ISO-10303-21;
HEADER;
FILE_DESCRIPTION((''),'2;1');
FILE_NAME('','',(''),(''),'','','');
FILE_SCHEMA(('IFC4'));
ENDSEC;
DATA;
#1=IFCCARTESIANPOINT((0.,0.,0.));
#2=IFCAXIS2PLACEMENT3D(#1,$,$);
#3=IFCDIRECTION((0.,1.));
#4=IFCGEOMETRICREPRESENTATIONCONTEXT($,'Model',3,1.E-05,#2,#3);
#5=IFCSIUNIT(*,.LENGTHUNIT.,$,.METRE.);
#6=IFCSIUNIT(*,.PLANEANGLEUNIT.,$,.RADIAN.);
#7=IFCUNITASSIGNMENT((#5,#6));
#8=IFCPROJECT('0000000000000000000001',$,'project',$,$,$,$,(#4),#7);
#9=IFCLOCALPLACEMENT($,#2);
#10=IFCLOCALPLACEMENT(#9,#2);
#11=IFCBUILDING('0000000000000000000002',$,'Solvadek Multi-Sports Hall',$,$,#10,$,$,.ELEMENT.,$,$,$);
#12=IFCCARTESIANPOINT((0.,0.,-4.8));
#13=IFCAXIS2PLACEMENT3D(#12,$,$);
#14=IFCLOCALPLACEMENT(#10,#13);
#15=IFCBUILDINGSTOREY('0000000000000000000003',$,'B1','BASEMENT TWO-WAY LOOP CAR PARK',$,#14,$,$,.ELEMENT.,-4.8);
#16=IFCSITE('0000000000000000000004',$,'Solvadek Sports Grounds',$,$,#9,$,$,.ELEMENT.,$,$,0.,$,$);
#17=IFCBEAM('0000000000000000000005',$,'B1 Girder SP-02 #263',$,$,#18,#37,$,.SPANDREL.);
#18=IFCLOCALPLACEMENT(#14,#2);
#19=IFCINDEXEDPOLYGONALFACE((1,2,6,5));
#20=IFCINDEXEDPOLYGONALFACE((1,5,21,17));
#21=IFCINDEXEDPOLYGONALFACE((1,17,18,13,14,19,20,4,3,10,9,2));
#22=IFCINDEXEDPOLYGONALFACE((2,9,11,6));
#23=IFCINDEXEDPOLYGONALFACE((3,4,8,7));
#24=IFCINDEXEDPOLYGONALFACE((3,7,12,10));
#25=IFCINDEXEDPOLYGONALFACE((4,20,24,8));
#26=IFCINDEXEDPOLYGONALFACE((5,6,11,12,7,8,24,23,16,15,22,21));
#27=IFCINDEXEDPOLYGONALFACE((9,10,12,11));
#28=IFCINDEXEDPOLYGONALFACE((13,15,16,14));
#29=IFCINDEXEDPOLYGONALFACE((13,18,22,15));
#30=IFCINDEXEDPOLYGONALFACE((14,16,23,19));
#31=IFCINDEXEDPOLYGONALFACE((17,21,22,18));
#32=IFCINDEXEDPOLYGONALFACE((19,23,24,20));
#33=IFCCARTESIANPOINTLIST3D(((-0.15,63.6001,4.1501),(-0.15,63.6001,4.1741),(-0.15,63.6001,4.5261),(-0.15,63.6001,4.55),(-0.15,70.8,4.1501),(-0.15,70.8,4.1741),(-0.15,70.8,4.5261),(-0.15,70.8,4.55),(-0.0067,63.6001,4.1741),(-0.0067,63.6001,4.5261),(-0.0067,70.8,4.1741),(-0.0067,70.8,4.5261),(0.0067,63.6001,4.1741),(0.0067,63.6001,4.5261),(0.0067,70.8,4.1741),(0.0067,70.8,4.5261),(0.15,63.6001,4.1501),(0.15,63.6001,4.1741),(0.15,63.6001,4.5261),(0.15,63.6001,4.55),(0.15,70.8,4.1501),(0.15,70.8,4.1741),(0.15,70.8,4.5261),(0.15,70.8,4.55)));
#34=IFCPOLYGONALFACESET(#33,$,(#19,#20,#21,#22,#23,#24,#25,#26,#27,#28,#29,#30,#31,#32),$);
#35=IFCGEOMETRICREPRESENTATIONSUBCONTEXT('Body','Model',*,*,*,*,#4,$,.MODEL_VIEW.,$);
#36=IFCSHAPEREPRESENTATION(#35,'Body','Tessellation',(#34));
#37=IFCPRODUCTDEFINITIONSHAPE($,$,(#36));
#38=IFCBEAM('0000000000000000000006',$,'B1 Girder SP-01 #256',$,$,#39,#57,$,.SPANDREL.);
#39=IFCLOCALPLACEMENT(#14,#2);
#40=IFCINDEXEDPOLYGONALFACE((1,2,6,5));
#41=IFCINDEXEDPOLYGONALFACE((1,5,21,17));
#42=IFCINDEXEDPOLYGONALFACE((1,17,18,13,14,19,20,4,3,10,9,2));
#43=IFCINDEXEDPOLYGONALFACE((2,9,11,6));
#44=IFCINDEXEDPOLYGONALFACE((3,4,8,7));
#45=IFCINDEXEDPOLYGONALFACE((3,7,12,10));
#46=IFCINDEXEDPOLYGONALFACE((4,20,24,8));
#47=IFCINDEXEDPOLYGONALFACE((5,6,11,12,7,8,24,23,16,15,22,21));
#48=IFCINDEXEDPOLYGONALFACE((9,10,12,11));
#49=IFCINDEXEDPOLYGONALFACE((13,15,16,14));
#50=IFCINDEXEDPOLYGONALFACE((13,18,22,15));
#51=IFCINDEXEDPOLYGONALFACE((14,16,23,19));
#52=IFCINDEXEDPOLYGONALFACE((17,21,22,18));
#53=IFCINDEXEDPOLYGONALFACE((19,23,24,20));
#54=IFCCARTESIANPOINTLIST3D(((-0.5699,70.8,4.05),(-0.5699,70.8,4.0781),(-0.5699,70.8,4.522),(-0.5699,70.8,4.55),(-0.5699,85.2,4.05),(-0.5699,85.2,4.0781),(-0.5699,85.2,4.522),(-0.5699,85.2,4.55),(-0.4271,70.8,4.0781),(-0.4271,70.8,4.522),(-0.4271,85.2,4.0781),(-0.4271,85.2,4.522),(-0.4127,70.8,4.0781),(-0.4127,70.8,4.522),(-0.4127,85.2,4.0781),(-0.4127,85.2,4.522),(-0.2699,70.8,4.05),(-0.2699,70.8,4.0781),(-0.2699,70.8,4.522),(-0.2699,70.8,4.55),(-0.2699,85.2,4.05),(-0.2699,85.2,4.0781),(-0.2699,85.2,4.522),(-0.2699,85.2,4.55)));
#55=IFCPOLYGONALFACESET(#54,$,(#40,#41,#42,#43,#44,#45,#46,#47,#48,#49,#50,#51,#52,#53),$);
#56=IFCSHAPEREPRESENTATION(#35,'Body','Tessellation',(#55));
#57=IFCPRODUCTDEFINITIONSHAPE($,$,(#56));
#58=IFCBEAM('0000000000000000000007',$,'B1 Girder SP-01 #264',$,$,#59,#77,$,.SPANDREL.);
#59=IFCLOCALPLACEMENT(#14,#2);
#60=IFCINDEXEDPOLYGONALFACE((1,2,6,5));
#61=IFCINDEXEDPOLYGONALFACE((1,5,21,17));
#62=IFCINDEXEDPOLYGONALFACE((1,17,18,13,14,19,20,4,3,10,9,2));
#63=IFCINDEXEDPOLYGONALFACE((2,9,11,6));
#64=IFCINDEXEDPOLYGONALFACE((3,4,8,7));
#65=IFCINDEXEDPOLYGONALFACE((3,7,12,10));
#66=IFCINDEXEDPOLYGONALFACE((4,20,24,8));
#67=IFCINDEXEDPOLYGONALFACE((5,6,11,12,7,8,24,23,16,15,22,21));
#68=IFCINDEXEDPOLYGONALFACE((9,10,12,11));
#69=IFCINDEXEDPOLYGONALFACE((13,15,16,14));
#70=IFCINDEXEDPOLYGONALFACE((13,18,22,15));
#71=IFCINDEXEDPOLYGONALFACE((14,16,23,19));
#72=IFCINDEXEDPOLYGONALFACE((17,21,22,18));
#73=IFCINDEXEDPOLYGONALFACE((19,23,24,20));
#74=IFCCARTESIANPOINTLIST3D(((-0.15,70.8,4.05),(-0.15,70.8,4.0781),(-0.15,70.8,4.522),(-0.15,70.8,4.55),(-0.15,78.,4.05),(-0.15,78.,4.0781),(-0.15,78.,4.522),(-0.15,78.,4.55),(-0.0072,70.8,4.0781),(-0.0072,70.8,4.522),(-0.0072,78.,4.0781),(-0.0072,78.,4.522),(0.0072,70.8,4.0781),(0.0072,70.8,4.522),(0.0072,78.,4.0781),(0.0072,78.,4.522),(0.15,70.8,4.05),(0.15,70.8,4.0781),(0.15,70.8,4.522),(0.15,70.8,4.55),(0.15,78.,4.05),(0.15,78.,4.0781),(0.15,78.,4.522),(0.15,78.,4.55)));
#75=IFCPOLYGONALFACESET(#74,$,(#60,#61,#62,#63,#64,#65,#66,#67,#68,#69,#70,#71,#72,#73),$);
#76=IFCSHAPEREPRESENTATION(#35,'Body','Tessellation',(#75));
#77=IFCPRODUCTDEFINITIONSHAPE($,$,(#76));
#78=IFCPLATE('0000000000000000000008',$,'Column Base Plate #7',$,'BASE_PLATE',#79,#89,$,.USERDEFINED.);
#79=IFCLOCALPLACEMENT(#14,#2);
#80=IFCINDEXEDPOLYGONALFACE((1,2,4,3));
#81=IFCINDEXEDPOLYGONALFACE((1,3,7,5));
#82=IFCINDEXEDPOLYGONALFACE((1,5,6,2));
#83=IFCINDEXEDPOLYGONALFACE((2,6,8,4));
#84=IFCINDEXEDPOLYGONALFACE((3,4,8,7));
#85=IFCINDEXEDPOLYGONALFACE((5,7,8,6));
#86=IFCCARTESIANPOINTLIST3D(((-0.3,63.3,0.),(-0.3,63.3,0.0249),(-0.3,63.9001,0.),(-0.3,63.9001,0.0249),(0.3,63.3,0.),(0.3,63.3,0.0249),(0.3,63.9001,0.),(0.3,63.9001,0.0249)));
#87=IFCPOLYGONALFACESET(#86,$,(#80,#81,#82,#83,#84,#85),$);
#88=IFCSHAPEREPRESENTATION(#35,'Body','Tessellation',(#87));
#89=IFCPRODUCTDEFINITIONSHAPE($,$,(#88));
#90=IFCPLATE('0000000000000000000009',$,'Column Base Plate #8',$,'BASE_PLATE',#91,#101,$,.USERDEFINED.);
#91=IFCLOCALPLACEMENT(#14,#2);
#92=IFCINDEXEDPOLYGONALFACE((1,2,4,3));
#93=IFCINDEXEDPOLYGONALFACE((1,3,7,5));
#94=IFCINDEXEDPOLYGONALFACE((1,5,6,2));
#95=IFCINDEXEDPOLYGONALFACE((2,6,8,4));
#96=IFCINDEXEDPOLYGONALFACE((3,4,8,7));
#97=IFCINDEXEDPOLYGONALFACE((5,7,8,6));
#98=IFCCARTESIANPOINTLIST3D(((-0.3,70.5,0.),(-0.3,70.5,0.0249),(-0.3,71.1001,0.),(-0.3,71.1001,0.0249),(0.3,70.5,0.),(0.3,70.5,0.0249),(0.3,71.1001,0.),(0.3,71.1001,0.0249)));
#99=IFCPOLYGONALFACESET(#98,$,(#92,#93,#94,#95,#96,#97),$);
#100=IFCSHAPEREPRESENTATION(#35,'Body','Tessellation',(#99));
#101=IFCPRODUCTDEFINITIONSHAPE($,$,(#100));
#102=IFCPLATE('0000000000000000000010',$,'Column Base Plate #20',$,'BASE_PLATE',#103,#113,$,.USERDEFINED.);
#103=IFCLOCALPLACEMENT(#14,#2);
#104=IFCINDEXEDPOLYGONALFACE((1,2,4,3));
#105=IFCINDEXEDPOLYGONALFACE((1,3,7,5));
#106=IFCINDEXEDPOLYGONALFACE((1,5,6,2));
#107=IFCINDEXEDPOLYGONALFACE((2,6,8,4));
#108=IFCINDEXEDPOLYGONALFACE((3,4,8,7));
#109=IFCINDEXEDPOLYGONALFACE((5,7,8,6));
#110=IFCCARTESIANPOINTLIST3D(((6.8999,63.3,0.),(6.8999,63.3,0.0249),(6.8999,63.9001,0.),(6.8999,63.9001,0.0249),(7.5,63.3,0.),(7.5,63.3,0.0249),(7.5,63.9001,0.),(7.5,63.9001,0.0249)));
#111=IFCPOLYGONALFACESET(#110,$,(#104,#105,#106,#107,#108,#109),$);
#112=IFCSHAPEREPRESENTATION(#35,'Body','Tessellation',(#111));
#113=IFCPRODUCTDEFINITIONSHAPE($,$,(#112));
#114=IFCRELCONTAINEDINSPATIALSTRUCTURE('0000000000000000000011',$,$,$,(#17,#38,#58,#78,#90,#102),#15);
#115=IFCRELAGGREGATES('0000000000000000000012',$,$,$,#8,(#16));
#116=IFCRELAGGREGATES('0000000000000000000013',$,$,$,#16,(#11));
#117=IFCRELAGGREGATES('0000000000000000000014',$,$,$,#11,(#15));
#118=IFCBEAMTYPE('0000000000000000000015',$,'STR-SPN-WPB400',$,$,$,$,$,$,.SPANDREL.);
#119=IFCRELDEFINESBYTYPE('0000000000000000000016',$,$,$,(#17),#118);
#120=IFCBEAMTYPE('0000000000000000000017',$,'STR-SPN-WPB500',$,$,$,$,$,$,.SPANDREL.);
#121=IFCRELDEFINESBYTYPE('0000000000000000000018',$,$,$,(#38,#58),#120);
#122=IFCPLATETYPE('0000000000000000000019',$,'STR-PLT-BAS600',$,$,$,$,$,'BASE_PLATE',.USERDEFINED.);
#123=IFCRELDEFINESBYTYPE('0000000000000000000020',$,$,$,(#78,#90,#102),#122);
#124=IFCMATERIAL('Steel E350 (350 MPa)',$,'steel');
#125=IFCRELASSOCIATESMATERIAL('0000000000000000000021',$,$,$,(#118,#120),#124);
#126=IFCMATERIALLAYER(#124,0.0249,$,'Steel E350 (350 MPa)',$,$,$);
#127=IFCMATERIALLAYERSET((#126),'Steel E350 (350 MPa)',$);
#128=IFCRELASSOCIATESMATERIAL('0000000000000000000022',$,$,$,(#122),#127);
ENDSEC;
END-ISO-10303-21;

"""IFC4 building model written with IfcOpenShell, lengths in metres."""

from ifc_helpers import new_model, si_unit, direction, frame, origin, origin_2d, place, context, subcontext, project, spatial, rectangle, i_section, extrude, material, layer, layer_set, material_profile, profile_set, type_object, element, save


model = new_model("IFC4")

# Units and contexts
model_context = context("Model", 3, precision=1e-05, world=origin(), true_north=direction((0.0, 1.0)))
body_context = subcontext(model_context, "Body", "Model", "MODEL_VIEW")
ifc_project = project(units=[si_unit("LENGTHUNIT", "METRE"), si_unit("PLANEANGLEUNIT", "RADIAN")], contexts=[model_context])

# Site, building, storey
site_placement = place(None, origin())
site = spatial("IfcSite", under=ifc_project, at=site_placement, Name="Solvadek Sports Grounds", CompositionType="ELEMENT", RefElevation=0.0)
building_placement = place(site_placement, origin())
building = spatial("IfcBuilding", under=site, at=building_placement, Name="Solvadek Multi-Sports Hall", CompositionType="ELEMENT")
storey_placement = place(building_placement, frame((0.0, 0.0, -4.8)))
storey = spatial("IfcBuildingStorey", under=building, at=storey_placement, Name="B1", Description="BASEMENT TWO-WAY LOOP CAR PARK", CompositionType="ELEMENT", Elevation=-4.8)

# Shared definitions
ifc_material_1 = material(Name="Steel E350 (350 MPa)", Category="steel")

# Beams
ifc_material_profile_1 = material_profile(ifc_material_1, i_section(OverallWidth=0.3, OverallDepth=0.3999, WebThickness=0.0134, FlangeThickness=0.0239, at=origin_2d()), Name="WPB 400")
ifc_profile_set_1 = profile_set([ifc_material_profile_1], Name="Steel E350 (350 MPa)")
beam_type_1 = type_object("IfcBeamType", Name="STR-SPN-WPB400", PredefinedType="SPANDREL", material=ifc_profile_set_1)
beam_1_placement = place(storey_placement, frame((0.0, 63.6001, 4.3501), z_axis=(0.0, 1.0, 0.0), x_axis=(-1.0, 0.0, 0.0)))
element("IfcBeam", 1, at=beam_1_placement, inside=storey, type_object=beam_type_1, Name="B1 Girder SP-02 #263", PredefinedType="SPANDREL", context=body_context, shape_type="SweptSolid", body=[
    extrude(i_section(OverallWidth=0.3, OverallDepth=0.3999, WebThickness=0.0134, FlangeThickness=0.0239, at=origin_2d()), origin(), (0.0, 0.0, 1.0), 7.2),
])
ifc_material_profile_2 = material_profile(ifc_material_1, i_section(OverallWidth=0.3, OverallDepth=0.5, WebThickness=0.0144, FlangeThickness=0.0281, at=origin_2d()), Name="WPB 500")
ifc_profile_set_2 = profile_set([ifc_material_profile_2], Name="Steel E350 (350 MPa)")
beam_type_2 = type_object("IfcBeamType", Name="STR-SPN-WPB500", PredefinedType="SPANDREL", material=ifc_profile_set_2)
beam_2_placement = place(storey_placement, frame((-0.4199, 70.8, 4.3), z_axis=(0.0, 1.0, 0.0), x_axis=(-1.0, 0.0, 0.0)))
element("IfcBeam", 2, at=beam_2_placement, inside=storey, type_object=beam_type_2, Name="B1 Girder SP-01 #256", PredefinedType="SPANDREL", context=body_context, shape_type="SweptSolid", body=[
    extrude(i_section(OverallWidth=0.3, OverallDepth=0.5, WebThickness=0.0144, FlangeThickness=0.0281, at=origin_2d()), origin(), (0.0, 0.0, 1.0), 14.3999),
])
beam_3_placement = place(storey_placement, frame((0.0, 70.8, 4.3), z_axis=(0.0, 1.0, 0.0), x_axis=(-1.0, 0.0, 0.0)))
element("IfcBeam", 3, at=beam_3_placement, inside=storey, type_object=beam_type_2, Name="B1 Girder SP-01 #264", PredefinedType="SPANDREL", context=body_context, shape_type="SweptSolid", body=[
    extrude(i_section(OverallWidth=0.3, OverallDepth=0.5, WebThickness=0.0144, FlangeThickness=0.0281, at=origin_2d()), origin(), (0.0, 0.0, 1.0), 7.2),
])

# Plates
ifc_layer = layer(ifc_material_1, 0.0249, Name="Steel E350 (350 MPa)")
ifc_layer_set = layer_set([ifc_layer], Name="Steel E350 (350 MPa)")
plate_type = type_object("IfcPlateType", Name="STR-PLT-BAS600", ElementType="BASE_PLATE", PredefinedType="USERDEFINED", material=ifc_layer_set)
for number, where, z_axis, x_axis, name in (
    (4, (0.0, 63.6001, 0.0), (0.0, 0.0, 1.0), (1.0, 0.0, 0.0), "Column Base Plate #7"),
    (5, (0.0, 70.8, 0.0), (0.0, 0.0, 1.0), (1.0, 0.0, 0.0), "Column Base Plate #8"),
    (6, (7.2, 63.6001, 0.0), (0.0, 0.0, 1.0), (1.0, 0.0, 0.0), "Column Base Plate #20"),
):
    element("IfcPlate", number, at=place(storey_placement, frame(where, z_axis=z_axis, x_axis=x_axis)), inside=storey, type_object=plate_type, Name=name, ObjectType="BASE_PLATE", PredefinedType="USERDEFINED", context=body_context, shape_type="SweptSolid", body=[
        extrude(rectangle(XDim=0.6001, YDim=0.6001, at=origin_2d()), origin(), (0.0, 0.0, 1.0), 0.0249),
    ])

save(model, "model.ifc")
